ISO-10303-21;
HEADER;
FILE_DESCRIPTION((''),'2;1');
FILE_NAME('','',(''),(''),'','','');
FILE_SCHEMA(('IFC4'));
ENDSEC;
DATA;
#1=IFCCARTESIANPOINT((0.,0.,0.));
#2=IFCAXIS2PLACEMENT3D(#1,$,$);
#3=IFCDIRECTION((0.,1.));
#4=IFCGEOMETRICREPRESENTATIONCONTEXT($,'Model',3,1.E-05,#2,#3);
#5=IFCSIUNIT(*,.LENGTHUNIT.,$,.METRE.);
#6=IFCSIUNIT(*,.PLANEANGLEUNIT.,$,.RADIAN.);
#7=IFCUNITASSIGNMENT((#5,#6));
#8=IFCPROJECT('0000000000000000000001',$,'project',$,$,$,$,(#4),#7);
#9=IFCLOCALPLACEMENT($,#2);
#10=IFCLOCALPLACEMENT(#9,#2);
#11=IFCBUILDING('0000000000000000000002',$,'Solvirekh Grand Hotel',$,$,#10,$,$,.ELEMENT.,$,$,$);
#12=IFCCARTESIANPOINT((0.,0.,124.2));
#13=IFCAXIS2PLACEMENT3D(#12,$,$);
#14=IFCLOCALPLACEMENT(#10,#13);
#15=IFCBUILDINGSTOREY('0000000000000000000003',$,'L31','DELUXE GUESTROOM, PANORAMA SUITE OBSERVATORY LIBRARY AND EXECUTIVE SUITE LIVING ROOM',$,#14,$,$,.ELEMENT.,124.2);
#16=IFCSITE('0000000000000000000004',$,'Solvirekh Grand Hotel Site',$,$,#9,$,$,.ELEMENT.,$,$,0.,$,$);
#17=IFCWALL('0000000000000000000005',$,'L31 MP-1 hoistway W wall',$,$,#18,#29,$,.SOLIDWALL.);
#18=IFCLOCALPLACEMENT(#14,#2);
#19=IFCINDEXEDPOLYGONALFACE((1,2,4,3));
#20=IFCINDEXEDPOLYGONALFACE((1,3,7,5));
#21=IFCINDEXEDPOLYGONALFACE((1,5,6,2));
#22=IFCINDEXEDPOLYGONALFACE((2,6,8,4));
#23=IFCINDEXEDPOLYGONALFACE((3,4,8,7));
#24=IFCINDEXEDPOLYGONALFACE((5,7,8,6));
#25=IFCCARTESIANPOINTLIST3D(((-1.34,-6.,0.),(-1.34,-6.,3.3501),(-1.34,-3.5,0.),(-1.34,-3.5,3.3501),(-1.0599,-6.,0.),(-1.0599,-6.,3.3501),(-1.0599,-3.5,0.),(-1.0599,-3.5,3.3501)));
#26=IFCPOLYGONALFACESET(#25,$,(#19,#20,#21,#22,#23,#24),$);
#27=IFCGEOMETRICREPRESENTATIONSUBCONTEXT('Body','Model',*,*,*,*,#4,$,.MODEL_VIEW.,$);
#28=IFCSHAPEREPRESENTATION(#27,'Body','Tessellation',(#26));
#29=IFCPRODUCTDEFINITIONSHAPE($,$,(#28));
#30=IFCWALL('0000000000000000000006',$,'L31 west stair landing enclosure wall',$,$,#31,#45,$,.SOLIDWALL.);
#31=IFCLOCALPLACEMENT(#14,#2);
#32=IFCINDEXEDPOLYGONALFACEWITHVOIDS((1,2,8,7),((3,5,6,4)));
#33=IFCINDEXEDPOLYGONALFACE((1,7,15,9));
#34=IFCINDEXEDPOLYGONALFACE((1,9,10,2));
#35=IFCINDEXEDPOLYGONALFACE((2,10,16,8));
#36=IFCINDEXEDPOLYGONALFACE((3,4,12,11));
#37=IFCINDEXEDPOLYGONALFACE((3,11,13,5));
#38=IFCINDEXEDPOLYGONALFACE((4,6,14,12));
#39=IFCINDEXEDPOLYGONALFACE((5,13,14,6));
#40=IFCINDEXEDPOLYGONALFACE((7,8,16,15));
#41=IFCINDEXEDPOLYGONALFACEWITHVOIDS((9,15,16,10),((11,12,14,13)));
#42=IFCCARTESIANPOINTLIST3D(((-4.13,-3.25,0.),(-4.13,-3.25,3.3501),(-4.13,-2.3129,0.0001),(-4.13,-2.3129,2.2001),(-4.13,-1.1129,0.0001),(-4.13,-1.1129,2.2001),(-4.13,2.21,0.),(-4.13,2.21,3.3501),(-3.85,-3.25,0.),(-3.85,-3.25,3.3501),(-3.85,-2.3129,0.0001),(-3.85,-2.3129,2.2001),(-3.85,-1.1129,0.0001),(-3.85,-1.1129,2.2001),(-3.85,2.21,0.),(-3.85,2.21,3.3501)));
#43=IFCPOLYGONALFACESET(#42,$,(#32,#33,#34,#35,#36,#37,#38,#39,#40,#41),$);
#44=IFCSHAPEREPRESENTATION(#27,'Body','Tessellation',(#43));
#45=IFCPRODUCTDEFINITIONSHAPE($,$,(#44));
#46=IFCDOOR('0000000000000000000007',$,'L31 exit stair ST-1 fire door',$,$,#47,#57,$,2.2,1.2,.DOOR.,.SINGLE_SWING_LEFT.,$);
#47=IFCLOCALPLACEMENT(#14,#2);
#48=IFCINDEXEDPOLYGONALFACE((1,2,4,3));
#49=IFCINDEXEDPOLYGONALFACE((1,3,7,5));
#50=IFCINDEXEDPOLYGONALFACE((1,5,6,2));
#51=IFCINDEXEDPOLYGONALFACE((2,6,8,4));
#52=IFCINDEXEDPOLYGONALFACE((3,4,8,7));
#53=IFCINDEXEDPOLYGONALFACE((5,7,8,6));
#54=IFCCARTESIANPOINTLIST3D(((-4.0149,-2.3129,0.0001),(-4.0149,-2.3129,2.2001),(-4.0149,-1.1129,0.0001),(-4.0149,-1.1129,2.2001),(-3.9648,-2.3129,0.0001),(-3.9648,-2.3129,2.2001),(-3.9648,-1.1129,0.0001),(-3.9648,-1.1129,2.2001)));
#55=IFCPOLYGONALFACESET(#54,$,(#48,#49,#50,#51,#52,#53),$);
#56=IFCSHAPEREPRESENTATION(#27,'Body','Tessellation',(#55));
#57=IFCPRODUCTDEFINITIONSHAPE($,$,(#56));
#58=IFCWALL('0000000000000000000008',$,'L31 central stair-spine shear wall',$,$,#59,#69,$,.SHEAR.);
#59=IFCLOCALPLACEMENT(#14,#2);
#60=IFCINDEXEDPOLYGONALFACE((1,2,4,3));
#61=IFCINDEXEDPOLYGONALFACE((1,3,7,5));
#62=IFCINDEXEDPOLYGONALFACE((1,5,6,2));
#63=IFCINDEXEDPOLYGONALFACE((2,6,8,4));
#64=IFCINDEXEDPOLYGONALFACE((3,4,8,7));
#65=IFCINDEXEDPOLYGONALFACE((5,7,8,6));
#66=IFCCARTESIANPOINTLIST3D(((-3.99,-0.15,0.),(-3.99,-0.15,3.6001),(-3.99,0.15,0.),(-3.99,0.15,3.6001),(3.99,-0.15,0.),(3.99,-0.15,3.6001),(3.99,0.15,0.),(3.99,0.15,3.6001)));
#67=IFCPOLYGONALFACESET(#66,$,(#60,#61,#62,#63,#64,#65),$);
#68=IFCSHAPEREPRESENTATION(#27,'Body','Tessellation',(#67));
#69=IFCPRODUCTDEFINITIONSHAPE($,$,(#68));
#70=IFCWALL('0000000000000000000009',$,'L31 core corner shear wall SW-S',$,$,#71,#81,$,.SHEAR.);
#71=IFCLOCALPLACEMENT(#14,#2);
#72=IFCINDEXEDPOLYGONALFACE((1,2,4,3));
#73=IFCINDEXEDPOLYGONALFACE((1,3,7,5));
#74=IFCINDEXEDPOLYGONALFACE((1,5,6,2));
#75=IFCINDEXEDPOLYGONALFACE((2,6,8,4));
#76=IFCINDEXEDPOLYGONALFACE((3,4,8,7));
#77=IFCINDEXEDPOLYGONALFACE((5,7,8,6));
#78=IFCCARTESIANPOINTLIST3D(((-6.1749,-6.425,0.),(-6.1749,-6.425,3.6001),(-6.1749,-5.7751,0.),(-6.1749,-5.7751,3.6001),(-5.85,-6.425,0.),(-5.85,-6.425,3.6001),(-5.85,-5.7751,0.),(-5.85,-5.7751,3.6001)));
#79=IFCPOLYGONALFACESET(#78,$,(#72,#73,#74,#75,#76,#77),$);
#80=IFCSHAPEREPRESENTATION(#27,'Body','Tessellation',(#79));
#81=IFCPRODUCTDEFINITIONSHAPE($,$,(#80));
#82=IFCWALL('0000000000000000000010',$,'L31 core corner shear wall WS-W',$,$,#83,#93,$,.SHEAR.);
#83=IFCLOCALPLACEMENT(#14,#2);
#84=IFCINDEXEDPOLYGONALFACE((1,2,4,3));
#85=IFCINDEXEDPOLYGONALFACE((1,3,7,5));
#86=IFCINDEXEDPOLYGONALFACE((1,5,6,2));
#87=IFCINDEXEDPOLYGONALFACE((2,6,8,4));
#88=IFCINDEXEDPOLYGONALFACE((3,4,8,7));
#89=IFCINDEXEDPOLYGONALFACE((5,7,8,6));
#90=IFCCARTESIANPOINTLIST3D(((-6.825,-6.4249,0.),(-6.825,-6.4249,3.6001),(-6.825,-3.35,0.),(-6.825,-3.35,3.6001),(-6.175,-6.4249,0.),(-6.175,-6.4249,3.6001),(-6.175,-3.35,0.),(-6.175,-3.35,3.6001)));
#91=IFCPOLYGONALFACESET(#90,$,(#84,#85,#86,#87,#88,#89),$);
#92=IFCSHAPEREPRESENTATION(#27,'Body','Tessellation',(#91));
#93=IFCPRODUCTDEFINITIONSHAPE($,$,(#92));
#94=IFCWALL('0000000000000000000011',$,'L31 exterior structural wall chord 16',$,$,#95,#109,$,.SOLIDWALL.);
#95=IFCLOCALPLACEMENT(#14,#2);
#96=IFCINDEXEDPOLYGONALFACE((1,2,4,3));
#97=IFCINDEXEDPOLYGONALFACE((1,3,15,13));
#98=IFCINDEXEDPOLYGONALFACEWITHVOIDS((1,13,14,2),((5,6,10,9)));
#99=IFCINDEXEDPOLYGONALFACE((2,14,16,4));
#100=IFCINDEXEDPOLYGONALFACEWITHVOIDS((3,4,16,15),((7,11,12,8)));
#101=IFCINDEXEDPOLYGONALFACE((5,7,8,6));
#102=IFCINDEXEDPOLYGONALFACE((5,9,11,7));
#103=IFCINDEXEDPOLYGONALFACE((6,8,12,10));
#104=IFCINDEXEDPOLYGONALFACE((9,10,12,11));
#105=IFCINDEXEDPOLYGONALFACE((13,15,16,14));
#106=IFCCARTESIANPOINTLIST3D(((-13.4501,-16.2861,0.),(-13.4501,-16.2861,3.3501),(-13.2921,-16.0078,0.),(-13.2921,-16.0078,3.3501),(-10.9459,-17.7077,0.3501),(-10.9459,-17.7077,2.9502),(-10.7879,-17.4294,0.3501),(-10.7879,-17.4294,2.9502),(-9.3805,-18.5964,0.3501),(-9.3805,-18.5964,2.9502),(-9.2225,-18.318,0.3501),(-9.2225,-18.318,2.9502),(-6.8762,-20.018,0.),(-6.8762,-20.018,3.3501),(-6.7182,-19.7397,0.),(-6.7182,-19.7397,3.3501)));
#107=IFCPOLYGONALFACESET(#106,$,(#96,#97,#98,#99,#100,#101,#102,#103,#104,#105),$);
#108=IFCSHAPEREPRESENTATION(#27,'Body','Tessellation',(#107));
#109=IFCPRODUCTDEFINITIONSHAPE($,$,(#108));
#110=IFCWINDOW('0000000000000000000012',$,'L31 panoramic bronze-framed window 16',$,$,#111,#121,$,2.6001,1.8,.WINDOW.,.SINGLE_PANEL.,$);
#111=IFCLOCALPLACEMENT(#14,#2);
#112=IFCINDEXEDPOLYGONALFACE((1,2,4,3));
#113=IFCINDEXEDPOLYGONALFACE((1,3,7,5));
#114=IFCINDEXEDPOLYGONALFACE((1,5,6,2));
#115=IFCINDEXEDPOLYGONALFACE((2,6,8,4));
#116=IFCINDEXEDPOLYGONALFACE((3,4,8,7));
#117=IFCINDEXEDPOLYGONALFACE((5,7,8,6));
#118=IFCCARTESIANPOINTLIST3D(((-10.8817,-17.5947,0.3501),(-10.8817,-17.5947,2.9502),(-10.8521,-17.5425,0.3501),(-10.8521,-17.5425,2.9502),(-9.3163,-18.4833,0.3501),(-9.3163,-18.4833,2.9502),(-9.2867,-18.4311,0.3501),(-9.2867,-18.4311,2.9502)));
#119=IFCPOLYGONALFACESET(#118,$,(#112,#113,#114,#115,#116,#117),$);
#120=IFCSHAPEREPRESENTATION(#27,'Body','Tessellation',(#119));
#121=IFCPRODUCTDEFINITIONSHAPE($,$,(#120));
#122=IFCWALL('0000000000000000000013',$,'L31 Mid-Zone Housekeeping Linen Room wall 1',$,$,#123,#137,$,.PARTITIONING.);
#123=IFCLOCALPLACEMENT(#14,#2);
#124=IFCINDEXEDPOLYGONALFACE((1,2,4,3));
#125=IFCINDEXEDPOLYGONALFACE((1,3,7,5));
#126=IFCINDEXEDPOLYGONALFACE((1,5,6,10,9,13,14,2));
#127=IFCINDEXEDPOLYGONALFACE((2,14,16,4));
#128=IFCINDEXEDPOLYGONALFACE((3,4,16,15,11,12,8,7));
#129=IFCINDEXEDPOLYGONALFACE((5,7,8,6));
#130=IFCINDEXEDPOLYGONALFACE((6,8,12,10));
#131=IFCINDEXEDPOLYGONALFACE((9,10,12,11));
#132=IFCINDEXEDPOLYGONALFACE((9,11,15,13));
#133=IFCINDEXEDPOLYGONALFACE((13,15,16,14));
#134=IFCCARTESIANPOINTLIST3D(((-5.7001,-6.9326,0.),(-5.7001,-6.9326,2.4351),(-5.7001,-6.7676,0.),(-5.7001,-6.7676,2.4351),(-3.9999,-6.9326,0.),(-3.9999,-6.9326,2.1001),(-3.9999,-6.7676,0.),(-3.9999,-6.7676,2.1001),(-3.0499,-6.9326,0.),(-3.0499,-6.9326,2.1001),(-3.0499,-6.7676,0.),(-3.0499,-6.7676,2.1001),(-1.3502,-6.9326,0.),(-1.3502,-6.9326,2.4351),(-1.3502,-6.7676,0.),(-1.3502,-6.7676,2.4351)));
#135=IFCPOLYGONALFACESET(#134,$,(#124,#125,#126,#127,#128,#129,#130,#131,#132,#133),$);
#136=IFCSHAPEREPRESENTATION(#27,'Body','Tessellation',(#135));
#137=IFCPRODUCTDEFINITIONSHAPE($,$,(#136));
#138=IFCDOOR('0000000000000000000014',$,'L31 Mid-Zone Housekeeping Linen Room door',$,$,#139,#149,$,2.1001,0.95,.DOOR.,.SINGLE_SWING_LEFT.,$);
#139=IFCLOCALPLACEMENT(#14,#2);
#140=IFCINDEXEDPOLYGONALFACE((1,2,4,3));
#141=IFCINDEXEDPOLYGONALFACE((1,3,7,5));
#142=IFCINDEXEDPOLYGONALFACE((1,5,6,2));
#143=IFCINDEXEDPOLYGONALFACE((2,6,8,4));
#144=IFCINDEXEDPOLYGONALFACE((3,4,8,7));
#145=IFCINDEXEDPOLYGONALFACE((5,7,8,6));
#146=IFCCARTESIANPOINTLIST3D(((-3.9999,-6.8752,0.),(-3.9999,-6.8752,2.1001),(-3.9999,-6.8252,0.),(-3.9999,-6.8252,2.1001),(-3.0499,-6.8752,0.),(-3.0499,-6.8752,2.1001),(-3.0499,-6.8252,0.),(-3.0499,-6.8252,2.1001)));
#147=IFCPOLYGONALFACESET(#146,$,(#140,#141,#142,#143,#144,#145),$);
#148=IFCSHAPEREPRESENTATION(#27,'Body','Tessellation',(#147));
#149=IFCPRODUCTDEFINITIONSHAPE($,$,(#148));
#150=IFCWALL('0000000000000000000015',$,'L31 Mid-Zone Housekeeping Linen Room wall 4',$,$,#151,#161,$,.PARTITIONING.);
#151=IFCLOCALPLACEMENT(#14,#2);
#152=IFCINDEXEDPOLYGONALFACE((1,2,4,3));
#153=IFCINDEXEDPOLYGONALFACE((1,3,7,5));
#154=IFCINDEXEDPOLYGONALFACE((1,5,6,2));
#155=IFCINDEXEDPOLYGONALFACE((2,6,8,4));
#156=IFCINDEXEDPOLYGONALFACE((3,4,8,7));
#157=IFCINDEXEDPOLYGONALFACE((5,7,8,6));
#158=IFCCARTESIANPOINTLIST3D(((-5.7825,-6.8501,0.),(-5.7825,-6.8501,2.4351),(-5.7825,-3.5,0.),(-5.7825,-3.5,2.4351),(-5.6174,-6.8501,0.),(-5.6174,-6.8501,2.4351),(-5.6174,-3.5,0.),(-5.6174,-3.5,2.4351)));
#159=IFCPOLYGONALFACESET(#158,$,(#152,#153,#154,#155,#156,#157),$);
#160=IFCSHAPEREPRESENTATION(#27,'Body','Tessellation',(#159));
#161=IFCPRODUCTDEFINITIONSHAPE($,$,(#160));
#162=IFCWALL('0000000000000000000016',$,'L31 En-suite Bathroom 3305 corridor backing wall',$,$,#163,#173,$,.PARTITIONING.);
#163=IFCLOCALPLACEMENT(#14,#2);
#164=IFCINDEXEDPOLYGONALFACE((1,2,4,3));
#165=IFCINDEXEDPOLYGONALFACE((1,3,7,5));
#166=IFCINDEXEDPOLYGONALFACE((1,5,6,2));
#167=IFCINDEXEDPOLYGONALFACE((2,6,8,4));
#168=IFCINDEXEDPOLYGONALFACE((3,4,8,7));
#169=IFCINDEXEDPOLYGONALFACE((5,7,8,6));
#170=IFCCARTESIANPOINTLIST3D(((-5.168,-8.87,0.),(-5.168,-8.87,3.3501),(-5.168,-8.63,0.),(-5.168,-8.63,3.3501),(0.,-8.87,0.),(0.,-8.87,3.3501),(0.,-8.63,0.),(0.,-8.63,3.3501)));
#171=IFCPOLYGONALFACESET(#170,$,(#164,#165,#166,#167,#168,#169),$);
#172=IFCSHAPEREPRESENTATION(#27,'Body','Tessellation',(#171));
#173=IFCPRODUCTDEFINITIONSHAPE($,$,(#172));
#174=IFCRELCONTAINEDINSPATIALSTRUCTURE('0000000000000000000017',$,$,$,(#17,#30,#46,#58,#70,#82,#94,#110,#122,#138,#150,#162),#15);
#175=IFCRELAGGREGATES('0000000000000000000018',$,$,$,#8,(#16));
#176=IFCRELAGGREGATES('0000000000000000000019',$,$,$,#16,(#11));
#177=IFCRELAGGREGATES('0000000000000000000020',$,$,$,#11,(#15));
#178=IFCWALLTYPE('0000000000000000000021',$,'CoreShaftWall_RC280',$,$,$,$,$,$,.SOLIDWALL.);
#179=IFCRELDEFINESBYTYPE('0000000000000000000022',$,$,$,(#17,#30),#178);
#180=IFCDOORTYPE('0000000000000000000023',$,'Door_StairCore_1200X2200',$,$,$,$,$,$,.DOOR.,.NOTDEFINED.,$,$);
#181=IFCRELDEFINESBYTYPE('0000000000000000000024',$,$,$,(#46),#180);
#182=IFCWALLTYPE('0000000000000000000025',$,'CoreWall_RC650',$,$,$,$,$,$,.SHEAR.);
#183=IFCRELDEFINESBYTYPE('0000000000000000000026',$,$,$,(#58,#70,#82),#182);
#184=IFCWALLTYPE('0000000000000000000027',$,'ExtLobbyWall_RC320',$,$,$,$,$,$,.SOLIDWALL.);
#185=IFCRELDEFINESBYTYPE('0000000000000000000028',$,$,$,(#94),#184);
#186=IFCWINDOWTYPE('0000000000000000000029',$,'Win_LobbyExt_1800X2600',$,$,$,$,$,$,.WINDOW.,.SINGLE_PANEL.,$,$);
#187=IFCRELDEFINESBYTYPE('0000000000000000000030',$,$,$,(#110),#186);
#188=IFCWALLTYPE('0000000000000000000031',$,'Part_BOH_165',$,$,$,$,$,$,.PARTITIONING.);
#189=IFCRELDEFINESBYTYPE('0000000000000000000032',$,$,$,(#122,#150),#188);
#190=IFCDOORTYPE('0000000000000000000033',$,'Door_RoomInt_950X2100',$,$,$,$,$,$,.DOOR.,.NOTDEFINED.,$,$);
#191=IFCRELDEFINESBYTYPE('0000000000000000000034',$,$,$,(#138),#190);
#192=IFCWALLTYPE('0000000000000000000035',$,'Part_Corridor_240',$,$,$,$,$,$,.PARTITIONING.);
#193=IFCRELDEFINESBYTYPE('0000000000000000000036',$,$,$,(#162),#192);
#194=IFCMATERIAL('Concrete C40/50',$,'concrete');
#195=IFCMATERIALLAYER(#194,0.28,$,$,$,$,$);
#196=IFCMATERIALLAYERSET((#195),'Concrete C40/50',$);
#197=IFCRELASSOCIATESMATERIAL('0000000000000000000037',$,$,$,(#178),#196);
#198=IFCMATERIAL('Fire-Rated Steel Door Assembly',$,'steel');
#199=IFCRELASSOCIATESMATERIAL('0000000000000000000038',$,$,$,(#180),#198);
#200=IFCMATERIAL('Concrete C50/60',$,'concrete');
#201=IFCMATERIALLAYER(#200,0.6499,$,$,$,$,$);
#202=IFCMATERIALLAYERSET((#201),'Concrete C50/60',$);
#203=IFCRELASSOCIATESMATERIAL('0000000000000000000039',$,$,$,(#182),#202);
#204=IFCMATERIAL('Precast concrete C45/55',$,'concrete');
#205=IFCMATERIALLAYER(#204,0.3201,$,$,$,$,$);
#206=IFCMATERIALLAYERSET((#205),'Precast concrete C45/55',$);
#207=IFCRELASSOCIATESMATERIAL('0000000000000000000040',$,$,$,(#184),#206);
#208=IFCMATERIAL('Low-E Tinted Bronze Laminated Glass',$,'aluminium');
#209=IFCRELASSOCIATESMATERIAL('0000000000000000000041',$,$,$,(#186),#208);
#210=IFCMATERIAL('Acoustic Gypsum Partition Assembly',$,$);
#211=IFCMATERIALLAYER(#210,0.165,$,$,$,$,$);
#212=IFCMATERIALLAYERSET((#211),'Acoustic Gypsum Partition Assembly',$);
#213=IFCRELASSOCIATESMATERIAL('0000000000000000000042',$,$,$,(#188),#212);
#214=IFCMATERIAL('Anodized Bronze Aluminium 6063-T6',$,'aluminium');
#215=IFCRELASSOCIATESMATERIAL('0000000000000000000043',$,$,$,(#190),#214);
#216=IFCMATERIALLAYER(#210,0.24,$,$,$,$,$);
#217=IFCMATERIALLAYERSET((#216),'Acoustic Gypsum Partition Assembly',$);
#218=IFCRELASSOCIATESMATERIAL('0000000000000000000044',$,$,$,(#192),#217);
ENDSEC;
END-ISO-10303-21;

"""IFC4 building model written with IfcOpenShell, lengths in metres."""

from ifc_helpers import new_model, si_unit, direction, frame, frame_2d, origin, place, context, subcontext, project, spatial, rectangle, extrude, material, layer, layer_set, type_object, element, fill, save


model = new_model("IFC4")

# Units and contexts
model_context = context("Model", 3, precision=1e-05, world=origin(), true_north=direction((0.0, 1.0)))
body_context = subcontext(model_context, "Body", "Model", "MODEL_VIEW")
ifc_project = project(units=[si_unit("LENGTHUNIT", "METRE"), si_unit("PLANEANGLEUNIT", "RADIAN")], contexts=[model_context])

# Site, building, storey
site_placement = place(None, origin())
site = spatial("IfcSite", under=ifc_project, at=site_placement, Name="Solvirekh Grand Hotel Site", CompositionType="ELEMENT", RefElevation=0.0)
building_placement = place(site_placement, origin())
building = spatial("IfcBuilding", under=site, at=building_placement, Name="Solvirekh Grand Hotel", CompositionType="ELEMENT")
storey_placement = place(building_placement, frame((0.0, 0.0, 124.2)))
storey = spatial("IfcBuildingStorey", under=building, at=storey_placement, Name="L31", Description="DELUXE GUESTROOM, PANORAMA SUITE OBSERVATORY LIBRARY AND EXECUTIVE SUITE LIVING ROOM", CompositionType="ELEMENT", Elevation=124.2)

# Shared definitions
ifc_material_1 = material(Name="Concrete C50/60", Category="concrete")

# Shared definitions
ifc_material_2 = material(Name="Concrete C40/50", Category="concrete")

# Shared definitions
ifc_layer_1 = layer(ifc_material_2, 0.28)
ifc_layer_set_1 = layer_set([ifc_layer_1], Name="Concrete C40/50")
wall_type_1 = type_object("IfcWallType", Name="CoreShaftWall_RC280", PredefinedType="SOLIDWALL", material=ifc_layer_set_1)
ifc_material_3 = material(Name="Fire-Rated Steel Door Assembly", Category="steel")

# Wall
wall_1_placement = place(storey_placement, frame((-1.2, -3.5, 0.0), z_axis=(0.0, 0.0, 1.0), x_axis=(0.0, -1.0, 0.0)))
element("IfcWall", 1, at=wall_1_placement, inside=storey, type_object=wall_type_1, Name="L31 MP-1 hoistway W wall", PredefinedType="SOLIDWALL", context=body_context, shape_type="SweptSolid", body=[
    extrude(rectangle(XDim=2.5, YDim=0.28, at=frame_2d((1.25, 0.0))), origin(), (0.0, 0.0, 1.0), 3.3501),
])

# Wall, opening, door
wall_2_placement = place(storey_placement, frame((-3.99, -3.25, 0.0), z_axis=(0.0, 0.0, 1.0), x_axis=(0.0, 1.0, 0.0)))
wall_2 = element("IfcWall", 2, at=wall_2_placement, inside=storey, type_object=wall_type_1, Name="L31 west stair landing enclosure wall", PredefinedType="SOLIDWALL", context=body_context, shape_type="SweptSolid", body=[
    extrude(rectangle(XDim=5.46, YDim=0.28, at=frame_2d((2.73, 0.0))), origin(), (0.0, 0.0, 1.0), 3.3501),
])
opening_1_placement = place(wall_2_placement, frame((0.937, 0.0, 0.0)))
opening_1 = element("IfcOpeningElement", 3, at=opening_1_placement, cuts=wall_2, PredefinedType="OPENING", context=body_context, shape_type="SweptSolid", body=[
    extrude(rectangle(XDim=1.2, YDim=2.2, at=frame_2d((0.6001, 1.1001))), frame((0.0, 0.1499, 0.0), z_axis=(0.0, -1.0, 0.0), x_axis=(1.0, 0.0, 0.0)), (0.0, 0.0, 1.0), 0.3),
])
door_type_1 = type_object("IfcDoorType", Name="Door_StairCore_1200X2200", OperationType="NOTDEFINED", PredefinedType="DOOR", material=ifc_material_3)
door_1_placement = place(opening_1_placement, origin())
door_1 = element("IfcDoor", 4, at=door_1_placement, inside=storey, type_object=door_type_1, Name="L31 exit stair ST-1 fire door", OperationType="SINGLE_SWING_LEFT", OverallHeight=2.2, OverallWidth=1.2, PredefinedType="DOOR", context=body_context, shape_type="SweptSolid", body=[
    extrude(rectangle(XDim=1.2, YDim=2.2, at=frame_2d((0.6001, 1.1001))), frame((0.0, 0.0249, 0.0), z_axis=(0.0, -1.0, 0.0), x_axis=(1.0, 0.0, 0.0)), (0.0, 0.0, 1.0), 0.05),
])
fill(opening_1, door_1)

# Walls
ifc_layer_2 = layer(ifc_material_1, 0.6499)
ifc_layer_set_2 = layer_set([ifc_layer_2], Name="Concrete C50/60")
wall_type_2 = type_object("IfcWallType", Name="CoreWall_RC650", PredefinedType="SHEAR", material=ifc_layer_set_2)
wall_3_placement = place(storey_placement, frame((-3.99, 0.0, 0.0), z_axis=(0.0, 0.0, 1.0), x_axis=(1.0, 0.0, 0.0)))
element("IfcWall", 5, at=wall_3_placement, inside=storey, type_object=wall_type_2, Name="L31 central stair-spine shear wall", PredefinedType="SHEAR", context=body_context, shape_type="SweptSolid", body=[
    extrude(rectangle(XDim=7.98, YDim=0.3, at=frame_2d((3.99, 0.0))), origin(), (0.0, 0.0, 1.0), 3.6001),
])
wall_4_placement = place(storey_placement, frame((-6.175, -6.1001, 0.0), z_axis=(0.0, 0.0, 1.0), x_axis=(1.0, 0.0, 0.0)))
element("IfcWall", 6, at=wall_4_placement, inside=storey, type_object=wall_type_2, Name="L31 core corner shear wall SW-S", PredefinedType="SHEAR", context=body_context, shape_type="SweptSolid", body=[
    extrude(rectangle(XDim=0.325, YDim=0.6499, at=frame_2d((0.1626, 0.0))), origin(), (0.0, 0.0, 1.0), 3.6001),
])
wall_5_placement = place(storey_placement, frame((-6.5, -6.425, 0.0), z_axis=(0.0, 0.0, 1.0), x_axis=(0.0, 1.0, 0.0)))
element("IfcWall", 7, at=wall_5_placement, inside=storey, type_object=wall_type_2, Name="L31 core corner shear wall WS-W", PredefinedType="SHEAR", context=body_context, shape_type="SweptSolid", body=[
    extrude(rectangle(XDim=3.075, YDim=0.6499, at=frame_2d((1.5376, 0.0))), origin(), (0.0, 0.0, 1.0), 3.6001),
])

# Wall, opening, window
ifc_material_4 = material(Name="Precast concrete C45/55", Category="concrete")
ifc_layer_3 = layer(ifc_material_4, 0.3201)
ifc_layer_set_3 = layer_set([ifc_layer_3], Name="Precast concrete C45/55")
wall_type_3 = type_object("IfcWallType", Name="ExtLobbyWall_RC320", PredefinedType="SOLIDWALL", material=ifc_layer_set_3)
wall_6_placement = place(storey_placement, frame((-6.7971, -19.8789, 0.0), z_axis=(0.0, 0.0, 1.0), x_axis=(-0.869643, 0.493681, 0.0)))
wall_6 = element("IfcWall", 8, at=wall_6_placement, inside=storey, type_object=wall_type_3, Name="L31 exterior structural wall chord 16", PredefinedType="SOLIDWALL", context=body_context, shape_type="SweptSolid", body=[
    extrude(rectangle(XDim=7.5593, YDim=0.3201, at=frame_2d((3.7798, 0.0))), origin(), (0.0, 0.0, 1.0), 3.3501),
])
opening_2_placement = place(wall_6_placement, frame((2.8799, 0.0, 0.3501)))
opening_2 = element("IfcOpeningElement", 9, at=opening_2_placement, cuts=wall_6, PredefinedType="OPENING", context=body_context, shape_type="SweptSolid", body=[
    extrude(rectangle(XDim=1.8, YDim=2.6001, at=frame_2d((0.8999, 1.3))), frame((0.0, 0.1699, 0.0), z_axis=(0.0, -1.0, 0.0), x_axis=(1.0, 0.0, 0.0)), (0.0, 0.0, 1.0), 0.3401),
])
ifc_material_5 = material(Name="Low-E Tinted Bronze Laminated Glass", Category="aluminium")
window_type = type_object("IfcWindowType", Name="Win_LobbyExt_1800X2600", PartitioningType="SINGLE_PANEL", PredefinedType="WINDOW", material=ifc_material_5)
window_placement = place(opening_2_placement, origin())
window = element("IfcWindow", 10, at=window_placement, inside=storey, type_object=window_type, Name="L31 panoramic bronze-framed window 16", OverallHeight=2.6001, OverallWidth=1.8, PartitioningType="SINGLE_PANEL", PredefinedType="WINDOW", context=body_context, shape_type="SweptSolid", body=[
    extrude(rectangle(XDim=1.8, YDim=2.6001, at=frame_2d((0.8999, 1.3))), frame((0.0, 0.03, 0.0), z_axis=(0.0, -1.0, 0.0), x_axis=(1.0, 0.0, 0.0)), (0.0, 0.0, 1.0), 0.0601),
])
fill(opening_2, window)

# Wall, opening, door
ifc_material_6 = material(Name="Acoustic Gypsum Partition Assembly")
ifc_layer_4 = layer(ifc_material_6, 0.165)
ifc_layer_set_4 = layer_set([ifc_layer_4], Name="Acoustic Gypsum Partition Assembly")
wall_type_4 = type_object("IfcWallType", Name="Part_BOH_165", PredefinedType="PARTITIONING", material=ifc_layer_set_4)
wall_7_placement = place(storey_placement, frame((-5.7, -6.8501, 0.0), z_axis=(0.0, 0.0, 1.0), x_axis=(1.0, 0.0, 0.0)))
wall_7 = element("IfcWall", 11, at=wall_7_placement, inside=storey, type_object=wall_type_4, Name="L31 Mid-Zone Housekeeping Linen Room wall 1", PredefinedType="PARTITIONING", context=body_context, shape_type="SweptSolid", body=[
    extrude(rectangle(XDim=4.3499, YDim=0.165, at=frame_2d((2.1748, 0.0))), origin(), (0.0, 0.0, 1.0), 2.4351),
])
opening_3_placement = place(wall_7_placement, frame((1.7, 0.0, 0.0)))
opening_3 = element("IfcOpeningElement", 12, at=opening_3_placement, cuts=wall_7, PredefinedType="OPENING", context=body_context, shape_type="SweptSolid", body=[
    extrude(rectangle(XDim=0.95, YDim=2.1001, at=frame_2d((0.4751, 1.05))), frame((0.0, 0.0925, 0.0), z_axis=(0.0, -1.0, 0.0), x_axis=(1.0, 0.0, 0.0)), (0.0, 0.0, 1.0), 0.1851),
])
ifc_material_7 = material(Name="Anodized Bronze Aluminium 6063-T6", Category="aluminium")
door_type_2 = type_object("IfcDoorType", Name="Door_RoomInt_950X2100", OperationType="NOTDEFINED", PredefinedType="DOOR", material=ifc_material_7)
door_2_placement = place(opening_3_placement, origin())
door_2 = element("IfcDoor", 13, at=door_2_placement, inside=storey, type_object=door_type_2, Name="L31 Mid-Zone Housekeeping Linen Room door", OperationType="SINGLE_SWING_LEFT", OverallHeight=2.1001, OverallWidth=0.95, PredefinedType="DOOR", context=body_context, shape_type="SweptSolid", body=[
    extrude(rectangle(XDim=0.95, YDim=2.1001, at=frame_2d((0.4751, 1.05))), frame((0.0, 0.0249, 0.0), z_axis=(0.0, -1.0, 0.0), x_axis=(1.0, 0.0, 0.0)), (0.0, 0.0, 1.0), 0.05),
])
fill(opening_3, door_2)

# Walls
wall_8_placement = place(storey_placement, frame((-5.7, -3.5, 0.0), z_axis=(0.0, 0.0, 1.0), x_axis=(0.0, -1.0, 0.0)))
element("IfcWall", 14, at=wall_8_placement, inside=storey, type_object=wall_type_4, Name="L31 Mid-Zone Housekeeping Linen Room wall 4", PredefinedType="PARTITIONING", context=body_context, shape_type="SweptSolid", body=[
    extrude(rectangle(XDim=3.3501, YDim=0.165, at=frame_2d((1.675, 0.0))), origin(), (0.0, 0.0, 1.0), 2.4351),
])
ifc_layer_5 = layer(ifc_material_6, 0.24)
ifc_layer_set_5 = layer_set([ifc_layer_5], Name="Acoustic Gypsum Partition Assembly")
wall_type_5 = type_object("IfcWallType", Name="Part_Corridor_240", PredefinedType="PARTITIONING", material=ifc_layer_set_5)
wall_9_placement = place(storey_placement, frame((-5.168, -8.75, 0.0), z_axis=(0.0, 0.0, 1.0), x_axis=(1.0, 0.0, 0.0)))
element("IfcWall", 15, at=wall_9_placement, inside=storey, type_object=wall_type_5, Name="L31 En-suite Bathroom 3305 corridor backing wall", PredefinedType="PARTITIONING", context=body_context, shape_type="SweptSolid", body=[
    extrude(rectangle(XDim=5.168, YDim=0.24, at=frame_2d((2.584, 0.0))), origin(), (0.0, 0.0, 1.0), 3.3501),
])

save(model, "model.ifc")
